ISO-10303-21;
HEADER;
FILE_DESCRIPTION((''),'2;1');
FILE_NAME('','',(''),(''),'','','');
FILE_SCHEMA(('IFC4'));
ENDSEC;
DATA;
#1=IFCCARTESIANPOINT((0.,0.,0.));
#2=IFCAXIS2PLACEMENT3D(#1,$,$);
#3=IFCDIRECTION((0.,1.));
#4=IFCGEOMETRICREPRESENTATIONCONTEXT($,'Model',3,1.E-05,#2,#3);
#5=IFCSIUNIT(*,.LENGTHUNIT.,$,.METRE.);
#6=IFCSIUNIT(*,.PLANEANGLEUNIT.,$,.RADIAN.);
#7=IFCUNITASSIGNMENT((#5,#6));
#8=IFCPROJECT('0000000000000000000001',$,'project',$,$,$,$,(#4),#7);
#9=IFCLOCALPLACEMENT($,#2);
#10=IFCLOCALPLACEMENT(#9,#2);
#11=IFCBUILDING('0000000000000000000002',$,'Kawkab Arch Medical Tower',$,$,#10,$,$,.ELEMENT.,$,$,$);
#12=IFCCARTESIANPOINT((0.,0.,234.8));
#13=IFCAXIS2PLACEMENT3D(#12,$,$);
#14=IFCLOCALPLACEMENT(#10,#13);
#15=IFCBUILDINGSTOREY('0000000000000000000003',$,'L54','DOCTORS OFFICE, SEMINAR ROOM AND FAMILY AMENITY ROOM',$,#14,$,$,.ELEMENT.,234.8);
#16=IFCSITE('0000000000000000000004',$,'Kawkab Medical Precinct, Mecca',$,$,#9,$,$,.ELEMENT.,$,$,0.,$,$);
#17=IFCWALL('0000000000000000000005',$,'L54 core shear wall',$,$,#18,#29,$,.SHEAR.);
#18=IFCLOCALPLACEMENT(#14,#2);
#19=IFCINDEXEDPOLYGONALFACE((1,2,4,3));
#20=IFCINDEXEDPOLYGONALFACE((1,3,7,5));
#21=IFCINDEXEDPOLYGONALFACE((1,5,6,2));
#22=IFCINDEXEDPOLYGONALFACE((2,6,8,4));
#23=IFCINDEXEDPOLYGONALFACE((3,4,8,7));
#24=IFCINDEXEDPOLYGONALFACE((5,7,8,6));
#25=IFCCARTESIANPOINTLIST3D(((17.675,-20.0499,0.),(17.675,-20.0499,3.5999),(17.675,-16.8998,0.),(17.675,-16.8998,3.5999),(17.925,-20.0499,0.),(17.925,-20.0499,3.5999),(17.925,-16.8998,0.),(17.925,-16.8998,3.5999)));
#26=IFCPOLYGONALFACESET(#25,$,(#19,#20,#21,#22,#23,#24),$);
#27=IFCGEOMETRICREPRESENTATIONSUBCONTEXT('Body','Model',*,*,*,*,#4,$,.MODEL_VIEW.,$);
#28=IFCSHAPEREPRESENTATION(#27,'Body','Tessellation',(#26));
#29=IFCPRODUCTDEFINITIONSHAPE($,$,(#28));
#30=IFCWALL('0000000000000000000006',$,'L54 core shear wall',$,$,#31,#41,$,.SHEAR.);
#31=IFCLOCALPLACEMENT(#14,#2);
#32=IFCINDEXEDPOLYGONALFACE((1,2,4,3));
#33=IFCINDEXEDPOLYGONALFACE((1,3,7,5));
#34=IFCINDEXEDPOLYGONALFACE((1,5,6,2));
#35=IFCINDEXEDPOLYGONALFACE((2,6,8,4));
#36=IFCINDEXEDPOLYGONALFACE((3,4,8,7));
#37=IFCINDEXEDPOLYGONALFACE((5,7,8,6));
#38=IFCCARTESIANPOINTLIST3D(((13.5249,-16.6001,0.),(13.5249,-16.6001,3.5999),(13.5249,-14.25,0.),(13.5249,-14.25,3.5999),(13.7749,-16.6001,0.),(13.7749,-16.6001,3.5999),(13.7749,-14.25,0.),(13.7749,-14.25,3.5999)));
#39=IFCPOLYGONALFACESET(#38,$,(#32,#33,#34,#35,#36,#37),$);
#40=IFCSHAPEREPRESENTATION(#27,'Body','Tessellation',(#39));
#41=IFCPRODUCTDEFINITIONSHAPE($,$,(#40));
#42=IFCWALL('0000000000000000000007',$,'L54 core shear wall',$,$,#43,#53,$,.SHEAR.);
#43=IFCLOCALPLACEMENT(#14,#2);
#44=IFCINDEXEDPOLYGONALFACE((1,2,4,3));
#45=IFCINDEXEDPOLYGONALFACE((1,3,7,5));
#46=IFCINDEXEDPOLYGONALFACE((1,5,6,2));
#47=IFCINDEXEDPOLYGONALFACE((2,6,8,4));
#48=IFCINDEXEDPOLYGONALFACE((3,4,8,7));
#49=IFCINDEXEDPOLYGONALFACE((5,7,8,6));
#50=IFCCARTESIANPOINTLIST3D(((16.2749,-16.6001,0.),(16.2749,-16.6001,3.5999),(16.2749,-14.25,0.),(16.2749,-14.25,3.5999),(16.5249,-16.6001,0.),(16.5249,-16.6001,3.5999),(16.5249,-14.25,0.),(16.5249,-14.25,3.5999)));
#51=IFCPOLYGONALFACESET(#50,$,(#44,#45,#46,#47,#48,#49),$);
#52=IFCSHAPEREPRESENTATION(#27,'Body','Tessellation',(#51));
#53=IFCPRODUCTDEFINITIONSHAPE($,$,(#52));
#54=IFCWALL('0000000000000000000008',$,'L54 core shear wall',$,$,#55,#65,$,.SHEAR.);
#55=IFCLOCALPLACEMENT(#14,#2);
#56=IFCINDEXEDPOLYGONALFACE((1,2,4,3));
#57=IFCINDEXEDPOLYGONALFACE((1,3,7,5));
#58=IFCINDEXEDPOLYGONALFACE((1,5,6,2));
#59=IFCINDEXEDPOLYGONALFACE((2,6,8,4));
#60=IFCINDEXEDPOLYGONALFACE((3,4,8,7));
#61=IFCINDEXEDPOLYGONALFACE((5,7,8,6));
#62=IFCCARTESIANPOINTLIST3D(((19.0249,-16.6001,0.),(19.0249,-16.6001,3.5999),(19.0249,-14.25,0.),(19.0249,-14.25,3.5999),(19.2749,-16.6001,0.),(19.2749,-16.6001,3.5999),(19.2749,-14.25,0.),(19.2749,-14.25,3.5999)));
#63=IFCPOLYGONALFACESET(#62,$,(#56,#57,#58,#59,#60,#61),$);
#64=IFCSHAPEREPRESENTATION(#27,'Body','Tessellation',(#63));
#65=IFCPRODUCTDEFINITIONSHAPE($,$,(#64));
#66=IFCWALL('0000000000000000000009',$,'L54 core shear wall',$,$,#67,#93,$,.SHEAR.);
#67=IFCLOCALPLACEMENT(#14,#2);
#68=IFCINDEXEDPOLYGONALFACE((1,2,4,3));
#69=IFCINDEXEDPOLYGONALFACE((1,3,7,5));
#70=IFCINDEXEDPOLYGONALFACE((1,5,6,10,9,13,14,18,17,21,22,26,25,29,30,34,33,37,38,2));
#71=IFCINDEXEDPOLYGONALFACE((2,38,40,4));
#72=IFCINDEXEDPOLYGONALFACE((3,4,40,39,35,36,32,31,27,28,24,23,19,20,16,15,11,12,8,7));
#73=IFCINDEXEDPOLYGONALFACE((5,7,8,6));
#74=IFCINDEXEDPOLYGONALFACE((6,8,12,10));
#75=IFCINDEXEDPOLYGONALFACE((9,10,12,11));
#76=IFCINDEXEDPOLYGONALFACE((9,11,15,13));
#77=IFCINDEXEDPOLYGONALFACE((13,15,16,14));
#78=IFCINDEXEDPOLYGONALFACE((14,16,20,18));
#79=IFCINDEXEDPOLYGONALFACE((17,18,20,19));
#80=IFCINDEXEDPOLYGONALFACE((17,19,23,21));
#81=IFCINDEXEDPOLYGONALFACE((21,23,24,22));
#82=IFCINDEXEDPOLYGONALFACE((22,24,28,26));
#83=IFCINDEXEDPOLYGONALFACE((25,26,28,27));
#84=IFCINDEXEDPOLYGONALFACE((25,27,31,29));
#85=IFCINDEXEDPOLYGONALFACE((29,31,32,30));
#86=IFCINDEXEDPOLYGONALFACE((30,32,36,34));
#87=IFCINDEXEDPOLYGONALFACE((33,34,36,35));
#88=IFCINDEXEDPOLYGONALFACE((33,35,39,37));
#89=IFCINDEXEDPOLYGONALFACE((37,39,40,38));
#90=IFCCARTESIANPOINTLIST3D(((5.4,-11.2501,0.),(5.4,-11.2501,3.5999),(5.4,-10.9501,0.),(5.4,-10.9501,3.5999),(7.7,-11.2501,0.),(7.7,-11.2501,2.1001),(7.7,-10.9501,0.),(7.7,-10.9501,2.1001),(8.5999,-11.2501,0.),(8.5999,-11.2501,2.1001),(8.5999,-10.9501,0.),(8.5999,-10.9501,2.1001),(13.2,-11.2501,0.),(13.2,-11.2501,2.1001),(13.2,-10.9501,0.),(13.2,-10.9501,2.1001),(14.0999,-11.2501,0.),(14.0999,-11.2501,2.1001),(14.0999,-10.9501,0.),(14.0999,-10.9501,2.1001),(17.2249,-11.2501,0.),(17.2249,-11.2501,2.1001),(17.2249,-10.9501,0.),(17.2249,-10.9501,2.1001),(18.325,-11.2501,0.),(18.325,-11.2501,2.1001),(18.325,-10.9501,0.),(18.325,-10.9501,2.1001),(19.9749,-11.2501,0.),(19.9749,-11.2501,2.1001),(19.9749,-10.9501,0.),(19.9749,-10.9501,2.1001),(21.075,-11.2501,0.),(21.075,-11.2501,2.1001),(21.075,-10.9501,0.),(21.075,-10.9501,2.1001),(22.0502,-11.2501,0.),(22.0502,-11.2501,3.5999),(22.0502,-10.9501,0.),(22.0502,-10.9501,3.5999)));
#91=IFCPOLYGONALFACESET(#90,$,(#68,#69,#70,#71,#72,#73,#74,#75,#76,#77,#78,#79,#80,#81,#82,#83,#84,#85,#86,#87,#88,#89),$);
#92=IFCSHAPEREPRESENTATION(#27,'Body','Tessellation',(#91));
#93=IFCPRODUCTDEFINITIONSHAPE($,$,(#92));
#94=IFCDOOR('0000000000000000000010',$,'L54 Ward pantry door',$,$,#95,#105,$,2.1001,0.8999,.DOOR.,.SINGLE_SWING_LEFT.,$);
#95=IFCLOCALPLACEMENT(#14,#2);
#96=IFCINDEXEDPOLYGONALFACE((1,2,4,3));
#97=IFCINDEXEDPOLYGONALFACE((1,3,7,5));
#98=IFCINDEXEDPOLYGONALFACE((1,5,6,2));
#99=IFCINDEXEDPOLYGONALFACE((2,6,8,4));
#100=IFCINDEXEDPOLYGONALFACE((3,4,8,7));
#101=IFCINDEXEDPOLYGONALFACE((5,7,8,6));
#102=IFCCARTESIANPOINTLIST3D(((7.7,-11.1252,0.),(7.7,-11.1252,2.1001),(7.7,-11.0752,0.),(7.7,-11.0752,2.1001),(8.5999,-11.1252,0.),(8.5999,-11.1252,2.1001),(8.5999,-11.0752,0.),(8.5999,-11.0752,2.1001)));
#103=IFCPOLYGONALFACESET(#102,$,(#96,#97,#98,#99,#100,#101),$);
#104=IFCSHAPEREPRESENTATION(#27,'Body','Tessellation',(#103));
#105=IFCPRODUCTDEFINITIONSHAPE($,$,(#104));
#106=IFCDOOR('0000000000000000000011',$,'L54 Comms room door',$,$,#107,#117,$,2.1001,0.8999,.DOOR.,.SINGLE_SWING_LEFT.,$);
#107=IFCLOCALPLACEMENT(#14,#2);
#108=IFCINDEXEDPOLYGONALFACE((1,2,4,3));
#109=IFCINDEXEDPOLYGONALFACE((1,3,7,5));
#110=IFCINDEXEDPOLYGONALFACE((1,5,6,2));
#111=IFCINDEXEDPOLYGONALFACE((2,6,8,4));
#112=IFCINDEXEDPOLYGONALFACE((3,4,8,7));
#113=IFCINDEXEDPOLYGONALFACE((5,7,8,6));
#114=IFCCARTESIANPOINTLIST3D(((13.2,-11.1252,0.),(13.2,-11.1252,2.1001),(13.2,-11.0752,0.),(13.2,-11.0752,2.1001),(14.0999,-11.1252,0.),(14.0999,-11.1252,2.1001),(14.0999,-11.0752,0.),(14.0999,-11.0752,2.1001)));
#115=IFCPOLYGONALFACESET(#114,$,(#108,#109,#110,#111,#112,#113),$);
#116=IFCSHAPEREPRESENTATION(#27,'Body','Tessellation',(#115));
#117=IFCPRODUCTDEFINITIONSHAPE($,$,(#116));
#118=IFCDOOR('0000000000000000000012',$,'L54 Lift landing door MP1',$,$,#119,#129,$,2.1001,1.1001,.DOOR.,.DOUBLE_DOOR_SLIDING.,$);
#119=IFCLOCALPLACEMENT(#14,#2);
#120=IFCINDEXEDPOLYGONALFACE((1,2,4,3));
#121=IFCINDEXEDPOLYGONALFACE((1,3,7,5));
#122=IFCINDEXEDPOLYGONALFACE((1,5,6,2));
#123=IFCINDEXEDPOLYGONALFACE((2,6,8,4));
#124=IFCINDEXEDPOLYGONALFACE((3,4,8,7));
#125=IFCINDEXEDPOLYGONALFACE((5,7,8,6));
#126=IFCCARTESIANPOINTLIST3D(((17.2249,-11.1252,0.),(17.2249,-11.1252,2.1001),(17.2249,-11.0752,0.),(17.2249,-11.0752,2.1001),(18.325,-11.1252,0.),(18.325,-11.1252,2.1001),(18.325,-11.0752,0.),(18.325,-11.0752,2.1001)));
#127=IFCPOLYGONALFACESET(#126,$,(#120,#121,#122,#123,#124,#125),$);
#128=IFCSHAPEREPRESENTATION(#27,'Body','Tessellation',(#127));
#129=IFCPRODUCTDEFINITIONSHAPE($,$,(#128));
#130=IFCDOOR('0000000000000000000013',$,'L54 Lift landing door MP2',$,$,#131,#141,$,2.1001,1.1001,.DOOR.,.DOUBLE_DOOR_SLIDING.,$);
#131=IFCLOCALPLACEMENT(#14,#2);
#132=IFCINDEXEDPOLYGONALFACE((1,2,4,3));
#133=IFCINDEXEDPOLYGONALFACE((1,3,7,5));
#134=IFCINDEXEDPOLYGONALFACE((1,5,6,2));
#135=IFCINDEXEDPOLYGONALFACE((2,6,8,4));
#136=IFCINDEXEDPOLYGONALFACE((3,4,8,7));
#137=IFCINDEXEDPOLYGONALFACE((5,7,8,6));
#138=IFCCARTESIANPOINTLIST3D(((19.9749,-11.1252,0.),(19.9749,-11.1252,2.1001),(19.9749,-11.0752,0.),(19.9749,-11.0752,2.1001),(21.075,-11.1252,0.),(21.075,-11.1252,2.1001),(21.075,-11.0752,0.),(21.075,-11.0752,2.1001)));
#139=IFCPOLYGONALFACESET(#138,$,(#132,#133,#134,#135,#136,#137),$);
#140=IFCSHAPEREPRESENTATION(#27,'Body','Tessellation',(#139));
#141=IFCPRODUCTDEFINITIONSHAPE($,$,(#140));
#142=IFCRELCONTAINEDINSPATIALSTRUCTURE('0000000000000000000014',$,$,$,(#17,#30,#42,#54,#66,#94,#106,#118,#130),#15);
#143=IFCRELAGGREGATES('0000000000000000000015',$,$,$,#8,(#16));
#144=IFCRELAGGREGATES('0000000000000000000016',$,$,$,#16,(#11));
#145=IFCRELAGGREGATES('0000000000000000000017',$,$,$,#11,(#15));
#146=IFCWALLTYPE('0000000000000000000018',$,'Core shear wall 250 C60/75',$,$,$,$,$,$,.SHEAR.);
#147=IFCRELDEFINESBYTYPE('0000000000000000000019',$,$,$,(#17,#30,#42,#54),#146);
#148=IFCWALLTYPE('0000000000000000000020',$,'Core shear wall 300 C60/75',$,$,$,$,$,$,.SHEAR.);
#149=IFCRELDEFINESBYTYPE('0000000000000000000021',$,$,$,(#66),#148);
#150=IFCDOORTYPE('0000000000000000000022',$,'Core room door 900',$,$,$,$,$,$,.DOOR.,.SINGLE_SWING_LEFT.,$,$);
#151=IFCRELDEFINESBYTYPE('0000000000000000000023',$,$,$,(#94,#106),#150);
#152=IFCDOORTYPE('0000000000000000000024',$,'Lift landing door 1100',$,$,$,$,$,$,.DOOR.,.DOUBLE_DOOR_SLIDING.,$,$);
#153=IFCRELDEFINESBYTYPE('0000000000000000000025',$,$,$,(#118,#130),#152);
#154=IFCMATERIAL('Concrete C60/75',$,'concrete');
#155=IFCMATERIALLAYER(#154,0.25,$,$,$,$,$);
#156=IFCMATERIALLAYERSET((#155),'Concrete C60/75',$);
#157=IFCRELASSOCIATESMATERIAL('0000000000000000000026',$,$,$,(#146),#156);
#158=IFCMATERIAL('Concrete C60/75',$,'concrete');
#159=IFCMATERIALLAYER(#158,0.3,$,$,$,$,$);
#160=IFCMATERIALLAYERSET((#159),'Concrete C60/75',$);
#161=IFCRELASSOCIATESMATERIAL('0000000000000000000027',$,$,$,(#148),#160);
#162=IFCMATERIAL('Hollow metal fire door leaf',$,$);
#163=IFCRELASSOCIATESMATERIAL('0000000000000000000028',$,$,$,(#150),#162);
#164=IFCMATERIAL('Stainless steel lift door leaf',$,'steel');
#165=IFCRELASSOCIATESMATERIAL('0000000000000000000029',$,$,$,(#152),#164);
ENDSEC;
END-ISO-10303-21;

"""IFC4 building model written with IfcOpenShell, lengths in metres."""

from ifc_helpers import new_model, si_unit, direction, frame, frame_2d, origin, place, context, subcontext, project, spatial, rectangle, extrude, material, layer, layer_set, type_object, element, fill, save


model = new_model("IFC4")

# Units and contexts
model_context = context("Model", 3, precision=1e-05, world=origin(), true_north=direction((0.0, 1.0)))
body_context = subcontext(model_context, "Body", "Model", "MODEL_VIEW")
ifc_project = project(units=[si_unit("LENGTHUNIT", "METRE"), si_unit("PLANEANGLEUNIT", "RADIAN")], contexts=[model_context])

# Site, building, storey
site_placement = place(None, origin())
site = spatial("IfcSite", under=ifc_project, at=site_placement, Name="Kawkab Medical Precinct, Mecca", CompositionType="ELEMENT", RefElevation=0.0)
building_placement = place(site_placement, origin())
building = spatial("IfcBuilding", under=site, at=building_placement, Name="Kawkab Arch Medical Tower", CompositionType="ELEMENT")
storey_placement = place(building_placement, frame((0.0, 0.0, 234.8)))
storey = spatial("IfcBuildingStorey", under=building, at=storey_placement, Name="L54", Description="DOCTORS OFFICE, SEMINAR ROOM AND FAMILY AMENITY ROOM", CompositionType="ELEMENT", Elevation=234.8)

# Walls
ifc_material_1 = material(Name="Concrete C60/75", Category="concrete")
ifc_layer_1 = layer(ifc_material_1, 0.25)
ifc_layer_set_1 = layer_set([ifc_layer_1], Name="Concrete C60/75")
wall_type_1 = type_object("IfcWallType", Name="Core shear wall 250 C60/75", PredefinedType="SHEAR", material=ifc_layer_set_1)
wall_1_placement = place(storey_placement, frame((17.8, -20.05, 0.0), z_axis=(0.0, 0.0, 1.0), x_axis=(0.0, 1.0, 0.0)))
element("IfcWall", 1, at=wall_1_placement, inside=storey, type_object=wall_type_1, Name="L54 core shear wall", PredefinedType="SHEAR", context=body_context, shape_type="SweptSolid", body=[
    extrude(rectangle(XDim=3.1501, YDim=0.25, at=frame_2d((1.5752, 0.0))), origin(), (0.0, 0.0, 1.0), 3.5999),
])
for number, where, z_axis, x_axis, name in (
    (2, (13.6499, -16.6001, 0.0), (0.0, 0.0, 1.0), (0.0, 1.0, 0.0), "L54 core shear wall"),
    (3, (16.3999, -16.6001, 0.0), (0.0, 0.0, 1.0), (0.0, 1.0, 0.0), "L54 core shear wall"),
    (4, (19.1499, -16.6001, 0.0), (0.0, 0.0, 1.0), (0.0, 1.0, 0.0), "L54 core shear wall"),
):
    element("IfcWall", number, at=place(storey_placement, frame(where, z_axis=z_axis, x_axis=x_axis)), inside=storey, type_object=wall_type_1, Name=name, PredefinedType="SHEAR", context=body_context, shape_type="SweptSolid", body=[
        extrude(rectangle(XDim=2.3501, YDim=0.25, at=frame_2d((1.175, 0.0))), origin(), (0.0, 0.0, 1.0), 3.5999),
    ])

# Wall, openings, doors
ifc_material_2 = material(Name="Concrete C60/75", Category="concrete")
ifc_layer_2 = layer(ifc_material_2, 0.3)
ifc_layer_set_2 = layer_set([ifc_layer_2], Name="Concrete C60/75")
wall_type_2 = type_object("IfcWallType", Name="Core shear wall 300 C60/75", PredefinedType="SHEAR", material=ifc_layer_set_2)
wall_2_placement = place(storey_placement, frame((5.3999, -11.1001, 0.0), z_axis=(0.0, 0.0, 1.0), x_axis=(1.0, 0.0, 0.0)))
wall_2 = element("IfcWall", 5, at=wall_2_placement, inside=storey, type_object=wall_type_2, Name="L54 core shear wall", PredefinedType="SHEAR", context=body_context, shape_type="SweptSolid", body=[
    extrude(rectangle(XDim=16.6501, YDim=0.3, at=frame_2d((8.3252, 0.0))), origin(), (0.0, 0.0, 1.0), 3.5999),
])
opening_1_placement = place(wall_2_placement, frame((11.825, 0.0, 0.0)))
opening_1 = element("IfcOpeningElement", 6, at=opening_1_placement, cuts=wall_2, PredefinedType="OPENING", context=body_context, shape_type="SweptSolid", body=[
    extrude(rectangle(XDim=1.1001, YDim=2.1001, at=frame_2d((0.55, 1.05))), frame((0.0, 0.1599, 0.0), z_axis=(0.0, -1.0, 0.0), x_axis=(1.0, 0.0, 0.0)), (0.0, 0.0, 1.0), 0.3201),
])
opening_2_placement = place(wall_2_placement, frame((14.575, 0.0, 0.0)))
opening_2 = element("IfcOpeningElement", 7, at=opening_2_placement, cuts=wall_2, PredefinedType="OPENING", context=body_context, shape_type="SweptSolid", body=[
    extrude(rectangle(XDim=1.1001, YDim=2.1001, at=frame_2d((0.55, 1.05))), frame((0.0, 0.1599, 0.0), z_axis=(0.0, -1.0, 0.0), x_axis=(1.0, 0.0, 0.0)), (0.0, 0.0, 1.0), 0.3201),
])
opening_3_placement = place(wall_2_placement, frame((2.3, 0.0, 0.0)))
opening_3 = element("IfcOpeningElement", 8, at=opening_3_placement, cuts=wall_2, PredefinedType="OPENING", context=body_context, shape_type="SweptSolid", body=[
    extrude(rectangle(XDim=0.8999, YDim=2.1001, at=frame_2d((0.45, 1.05))), frame((0.0, 0.1599, 0.0), z_axis=(0.0, -1.0, 0.0), x_axis=(1.0, 0.0, 0.0)), (0.0, 0.0, 1.0), 0.3201),
])
opening_4_placement = place(wall_2_placement, frame((7.8, 0.0, 0.0)))
opening_4 = element("IfcOpeningElement", 9, at=opening_4_placement, cuts=wall_2, PredefinedType="OPENING", context=body_context, shape_type="SweptSolid", body=[
    extrude(rectangle(XDim=0.8999, YDim=2.1001, at=frame_2d((0.45, 1.05))), frame((0.0, 0.1599, 0.0), z_axis=(0.0, -1.0, 0.0), x_axis=(1.0, 0.0, 0.0)), (0.0, 0.0, 1.0), 0.3201),
])
ifc_material_3 = material(Name="Hollow metal fire door leaf")
door_type_1 = type_object("IfcDoorType", Name="Core room door 900", OperationType="SINGLE_SWING_LEFT", PredefinedType="DOOR", material=ifc_material_3)
door_1_placement = place(opening_3_placement, origin())
door_1 = element("IfcDoor", 10, at=door_1_placement, inside=storey, type_object=door_type_1, Name="L54 Ward pantry door", OperationType="SINGLE_SWING_LEFT", OverallHeight=2.1001, OverallWidth=0.8999, PredefinedType="DOOR", context=body_context, shape_type="SweptSolid", body=[
    extrude(rectangle(XDim=0.8999, YDim=2.1001, at=frame_2d((0.45, 1.05))), frame((0.0, 0.0249, 0.0), z_axis=(0.0, -1.0, 0.0), x_axis=(1.0, 0.0, 0.0)), (0.0, 0.0, 1.0), 0.05),
])
fill(opening_3, door_1)
door_2_placement = place(opening_4_placement, origin())
door_2 = element("IfcDoor", 11, at=door_2_placement, inside=storey, type_object=door_type_1, Name="L54 Comms room door", OperationType="SINGLE_SWING_LEFT", OverallHeight=2.1001, OverallWidth=0.8999, PredefinedType="DOOR", context=body_context, shape_type="SweptSolid", body=[
    extrude(rectangle(XDim=0.8999, YDim=2.1001, at=frame_2d((0.45, 1.05))), frame((0.0, 0.0249, 0.0), z_axis=(0.0, -1.0, 0.0), x_axis=(1.0, 0.0, 0.0)), (0.0, 0.0, 1.0), 0.05),
])
fill(opening_4, door_2)
ifc_material_4 = material(Name="Stainless steel lift door leaf", Category="steel")
door_type_2 = type_object("IfcDoorType", Name="Lift landing door 1100", OperationType="DOUBLE_DOOR_SLIDING", PredefinedType="DOOR", material=ifc_material_4)
door_3_placement = place(opening_1_placement, origin())
door_3 = element("IfcDoor", 12, at=door_3_placement, inside=storey, type_object=door_type_2, Name="L54 Lift landing door MP1", OperationType="DOUBLE_DOOR_SLIDING", OverallHeight=2.1001, OverallWidth=1.1001, PredefinedType="DOOR", context=body_context, shape_type="SweptSolid", body=[
    extrude(rectangle(XDim=1.1001, YDim=2.1001, at=frame_2d((0.55, 1.05))), frame((0.0, 0.0249, 0.0), z_axis=(0.0, -1.0, 0.0), x_axis=(1.0, 0.0, 0.0)), (0.0, 0.0, 1.0), 0.05),
])
fill(opening_1, door_3)
door_4_placement = place(opening_2_placement, origin())
door_4 = element("IfcDoor", 13, at=door_4_placement, inside=storey, type_object=door_type_2, Name="L54 Lift landing door MP2", OperationType="DOUBLE_DOOR_SLIDING", OverallHeight=2.1001, OverallWidth=1.1001, PredefinedType="DOOR", context=body_context, shape_type="SweptSolid", body=[
    extrude(rectangle(XDim=1.1001, YDim=2.1001, at=frame_2d((0.55, 1.05))), frame((0.0, 0.0249, 0.0), z_axis=(0.0, -1.0, 0.0), x_axis=(1.0, 0.0, 0.0)), (0.0, 0.0, 1.0), 0.05),
])
fill(opening_2, door_4)

save(model, "model.ifc")
